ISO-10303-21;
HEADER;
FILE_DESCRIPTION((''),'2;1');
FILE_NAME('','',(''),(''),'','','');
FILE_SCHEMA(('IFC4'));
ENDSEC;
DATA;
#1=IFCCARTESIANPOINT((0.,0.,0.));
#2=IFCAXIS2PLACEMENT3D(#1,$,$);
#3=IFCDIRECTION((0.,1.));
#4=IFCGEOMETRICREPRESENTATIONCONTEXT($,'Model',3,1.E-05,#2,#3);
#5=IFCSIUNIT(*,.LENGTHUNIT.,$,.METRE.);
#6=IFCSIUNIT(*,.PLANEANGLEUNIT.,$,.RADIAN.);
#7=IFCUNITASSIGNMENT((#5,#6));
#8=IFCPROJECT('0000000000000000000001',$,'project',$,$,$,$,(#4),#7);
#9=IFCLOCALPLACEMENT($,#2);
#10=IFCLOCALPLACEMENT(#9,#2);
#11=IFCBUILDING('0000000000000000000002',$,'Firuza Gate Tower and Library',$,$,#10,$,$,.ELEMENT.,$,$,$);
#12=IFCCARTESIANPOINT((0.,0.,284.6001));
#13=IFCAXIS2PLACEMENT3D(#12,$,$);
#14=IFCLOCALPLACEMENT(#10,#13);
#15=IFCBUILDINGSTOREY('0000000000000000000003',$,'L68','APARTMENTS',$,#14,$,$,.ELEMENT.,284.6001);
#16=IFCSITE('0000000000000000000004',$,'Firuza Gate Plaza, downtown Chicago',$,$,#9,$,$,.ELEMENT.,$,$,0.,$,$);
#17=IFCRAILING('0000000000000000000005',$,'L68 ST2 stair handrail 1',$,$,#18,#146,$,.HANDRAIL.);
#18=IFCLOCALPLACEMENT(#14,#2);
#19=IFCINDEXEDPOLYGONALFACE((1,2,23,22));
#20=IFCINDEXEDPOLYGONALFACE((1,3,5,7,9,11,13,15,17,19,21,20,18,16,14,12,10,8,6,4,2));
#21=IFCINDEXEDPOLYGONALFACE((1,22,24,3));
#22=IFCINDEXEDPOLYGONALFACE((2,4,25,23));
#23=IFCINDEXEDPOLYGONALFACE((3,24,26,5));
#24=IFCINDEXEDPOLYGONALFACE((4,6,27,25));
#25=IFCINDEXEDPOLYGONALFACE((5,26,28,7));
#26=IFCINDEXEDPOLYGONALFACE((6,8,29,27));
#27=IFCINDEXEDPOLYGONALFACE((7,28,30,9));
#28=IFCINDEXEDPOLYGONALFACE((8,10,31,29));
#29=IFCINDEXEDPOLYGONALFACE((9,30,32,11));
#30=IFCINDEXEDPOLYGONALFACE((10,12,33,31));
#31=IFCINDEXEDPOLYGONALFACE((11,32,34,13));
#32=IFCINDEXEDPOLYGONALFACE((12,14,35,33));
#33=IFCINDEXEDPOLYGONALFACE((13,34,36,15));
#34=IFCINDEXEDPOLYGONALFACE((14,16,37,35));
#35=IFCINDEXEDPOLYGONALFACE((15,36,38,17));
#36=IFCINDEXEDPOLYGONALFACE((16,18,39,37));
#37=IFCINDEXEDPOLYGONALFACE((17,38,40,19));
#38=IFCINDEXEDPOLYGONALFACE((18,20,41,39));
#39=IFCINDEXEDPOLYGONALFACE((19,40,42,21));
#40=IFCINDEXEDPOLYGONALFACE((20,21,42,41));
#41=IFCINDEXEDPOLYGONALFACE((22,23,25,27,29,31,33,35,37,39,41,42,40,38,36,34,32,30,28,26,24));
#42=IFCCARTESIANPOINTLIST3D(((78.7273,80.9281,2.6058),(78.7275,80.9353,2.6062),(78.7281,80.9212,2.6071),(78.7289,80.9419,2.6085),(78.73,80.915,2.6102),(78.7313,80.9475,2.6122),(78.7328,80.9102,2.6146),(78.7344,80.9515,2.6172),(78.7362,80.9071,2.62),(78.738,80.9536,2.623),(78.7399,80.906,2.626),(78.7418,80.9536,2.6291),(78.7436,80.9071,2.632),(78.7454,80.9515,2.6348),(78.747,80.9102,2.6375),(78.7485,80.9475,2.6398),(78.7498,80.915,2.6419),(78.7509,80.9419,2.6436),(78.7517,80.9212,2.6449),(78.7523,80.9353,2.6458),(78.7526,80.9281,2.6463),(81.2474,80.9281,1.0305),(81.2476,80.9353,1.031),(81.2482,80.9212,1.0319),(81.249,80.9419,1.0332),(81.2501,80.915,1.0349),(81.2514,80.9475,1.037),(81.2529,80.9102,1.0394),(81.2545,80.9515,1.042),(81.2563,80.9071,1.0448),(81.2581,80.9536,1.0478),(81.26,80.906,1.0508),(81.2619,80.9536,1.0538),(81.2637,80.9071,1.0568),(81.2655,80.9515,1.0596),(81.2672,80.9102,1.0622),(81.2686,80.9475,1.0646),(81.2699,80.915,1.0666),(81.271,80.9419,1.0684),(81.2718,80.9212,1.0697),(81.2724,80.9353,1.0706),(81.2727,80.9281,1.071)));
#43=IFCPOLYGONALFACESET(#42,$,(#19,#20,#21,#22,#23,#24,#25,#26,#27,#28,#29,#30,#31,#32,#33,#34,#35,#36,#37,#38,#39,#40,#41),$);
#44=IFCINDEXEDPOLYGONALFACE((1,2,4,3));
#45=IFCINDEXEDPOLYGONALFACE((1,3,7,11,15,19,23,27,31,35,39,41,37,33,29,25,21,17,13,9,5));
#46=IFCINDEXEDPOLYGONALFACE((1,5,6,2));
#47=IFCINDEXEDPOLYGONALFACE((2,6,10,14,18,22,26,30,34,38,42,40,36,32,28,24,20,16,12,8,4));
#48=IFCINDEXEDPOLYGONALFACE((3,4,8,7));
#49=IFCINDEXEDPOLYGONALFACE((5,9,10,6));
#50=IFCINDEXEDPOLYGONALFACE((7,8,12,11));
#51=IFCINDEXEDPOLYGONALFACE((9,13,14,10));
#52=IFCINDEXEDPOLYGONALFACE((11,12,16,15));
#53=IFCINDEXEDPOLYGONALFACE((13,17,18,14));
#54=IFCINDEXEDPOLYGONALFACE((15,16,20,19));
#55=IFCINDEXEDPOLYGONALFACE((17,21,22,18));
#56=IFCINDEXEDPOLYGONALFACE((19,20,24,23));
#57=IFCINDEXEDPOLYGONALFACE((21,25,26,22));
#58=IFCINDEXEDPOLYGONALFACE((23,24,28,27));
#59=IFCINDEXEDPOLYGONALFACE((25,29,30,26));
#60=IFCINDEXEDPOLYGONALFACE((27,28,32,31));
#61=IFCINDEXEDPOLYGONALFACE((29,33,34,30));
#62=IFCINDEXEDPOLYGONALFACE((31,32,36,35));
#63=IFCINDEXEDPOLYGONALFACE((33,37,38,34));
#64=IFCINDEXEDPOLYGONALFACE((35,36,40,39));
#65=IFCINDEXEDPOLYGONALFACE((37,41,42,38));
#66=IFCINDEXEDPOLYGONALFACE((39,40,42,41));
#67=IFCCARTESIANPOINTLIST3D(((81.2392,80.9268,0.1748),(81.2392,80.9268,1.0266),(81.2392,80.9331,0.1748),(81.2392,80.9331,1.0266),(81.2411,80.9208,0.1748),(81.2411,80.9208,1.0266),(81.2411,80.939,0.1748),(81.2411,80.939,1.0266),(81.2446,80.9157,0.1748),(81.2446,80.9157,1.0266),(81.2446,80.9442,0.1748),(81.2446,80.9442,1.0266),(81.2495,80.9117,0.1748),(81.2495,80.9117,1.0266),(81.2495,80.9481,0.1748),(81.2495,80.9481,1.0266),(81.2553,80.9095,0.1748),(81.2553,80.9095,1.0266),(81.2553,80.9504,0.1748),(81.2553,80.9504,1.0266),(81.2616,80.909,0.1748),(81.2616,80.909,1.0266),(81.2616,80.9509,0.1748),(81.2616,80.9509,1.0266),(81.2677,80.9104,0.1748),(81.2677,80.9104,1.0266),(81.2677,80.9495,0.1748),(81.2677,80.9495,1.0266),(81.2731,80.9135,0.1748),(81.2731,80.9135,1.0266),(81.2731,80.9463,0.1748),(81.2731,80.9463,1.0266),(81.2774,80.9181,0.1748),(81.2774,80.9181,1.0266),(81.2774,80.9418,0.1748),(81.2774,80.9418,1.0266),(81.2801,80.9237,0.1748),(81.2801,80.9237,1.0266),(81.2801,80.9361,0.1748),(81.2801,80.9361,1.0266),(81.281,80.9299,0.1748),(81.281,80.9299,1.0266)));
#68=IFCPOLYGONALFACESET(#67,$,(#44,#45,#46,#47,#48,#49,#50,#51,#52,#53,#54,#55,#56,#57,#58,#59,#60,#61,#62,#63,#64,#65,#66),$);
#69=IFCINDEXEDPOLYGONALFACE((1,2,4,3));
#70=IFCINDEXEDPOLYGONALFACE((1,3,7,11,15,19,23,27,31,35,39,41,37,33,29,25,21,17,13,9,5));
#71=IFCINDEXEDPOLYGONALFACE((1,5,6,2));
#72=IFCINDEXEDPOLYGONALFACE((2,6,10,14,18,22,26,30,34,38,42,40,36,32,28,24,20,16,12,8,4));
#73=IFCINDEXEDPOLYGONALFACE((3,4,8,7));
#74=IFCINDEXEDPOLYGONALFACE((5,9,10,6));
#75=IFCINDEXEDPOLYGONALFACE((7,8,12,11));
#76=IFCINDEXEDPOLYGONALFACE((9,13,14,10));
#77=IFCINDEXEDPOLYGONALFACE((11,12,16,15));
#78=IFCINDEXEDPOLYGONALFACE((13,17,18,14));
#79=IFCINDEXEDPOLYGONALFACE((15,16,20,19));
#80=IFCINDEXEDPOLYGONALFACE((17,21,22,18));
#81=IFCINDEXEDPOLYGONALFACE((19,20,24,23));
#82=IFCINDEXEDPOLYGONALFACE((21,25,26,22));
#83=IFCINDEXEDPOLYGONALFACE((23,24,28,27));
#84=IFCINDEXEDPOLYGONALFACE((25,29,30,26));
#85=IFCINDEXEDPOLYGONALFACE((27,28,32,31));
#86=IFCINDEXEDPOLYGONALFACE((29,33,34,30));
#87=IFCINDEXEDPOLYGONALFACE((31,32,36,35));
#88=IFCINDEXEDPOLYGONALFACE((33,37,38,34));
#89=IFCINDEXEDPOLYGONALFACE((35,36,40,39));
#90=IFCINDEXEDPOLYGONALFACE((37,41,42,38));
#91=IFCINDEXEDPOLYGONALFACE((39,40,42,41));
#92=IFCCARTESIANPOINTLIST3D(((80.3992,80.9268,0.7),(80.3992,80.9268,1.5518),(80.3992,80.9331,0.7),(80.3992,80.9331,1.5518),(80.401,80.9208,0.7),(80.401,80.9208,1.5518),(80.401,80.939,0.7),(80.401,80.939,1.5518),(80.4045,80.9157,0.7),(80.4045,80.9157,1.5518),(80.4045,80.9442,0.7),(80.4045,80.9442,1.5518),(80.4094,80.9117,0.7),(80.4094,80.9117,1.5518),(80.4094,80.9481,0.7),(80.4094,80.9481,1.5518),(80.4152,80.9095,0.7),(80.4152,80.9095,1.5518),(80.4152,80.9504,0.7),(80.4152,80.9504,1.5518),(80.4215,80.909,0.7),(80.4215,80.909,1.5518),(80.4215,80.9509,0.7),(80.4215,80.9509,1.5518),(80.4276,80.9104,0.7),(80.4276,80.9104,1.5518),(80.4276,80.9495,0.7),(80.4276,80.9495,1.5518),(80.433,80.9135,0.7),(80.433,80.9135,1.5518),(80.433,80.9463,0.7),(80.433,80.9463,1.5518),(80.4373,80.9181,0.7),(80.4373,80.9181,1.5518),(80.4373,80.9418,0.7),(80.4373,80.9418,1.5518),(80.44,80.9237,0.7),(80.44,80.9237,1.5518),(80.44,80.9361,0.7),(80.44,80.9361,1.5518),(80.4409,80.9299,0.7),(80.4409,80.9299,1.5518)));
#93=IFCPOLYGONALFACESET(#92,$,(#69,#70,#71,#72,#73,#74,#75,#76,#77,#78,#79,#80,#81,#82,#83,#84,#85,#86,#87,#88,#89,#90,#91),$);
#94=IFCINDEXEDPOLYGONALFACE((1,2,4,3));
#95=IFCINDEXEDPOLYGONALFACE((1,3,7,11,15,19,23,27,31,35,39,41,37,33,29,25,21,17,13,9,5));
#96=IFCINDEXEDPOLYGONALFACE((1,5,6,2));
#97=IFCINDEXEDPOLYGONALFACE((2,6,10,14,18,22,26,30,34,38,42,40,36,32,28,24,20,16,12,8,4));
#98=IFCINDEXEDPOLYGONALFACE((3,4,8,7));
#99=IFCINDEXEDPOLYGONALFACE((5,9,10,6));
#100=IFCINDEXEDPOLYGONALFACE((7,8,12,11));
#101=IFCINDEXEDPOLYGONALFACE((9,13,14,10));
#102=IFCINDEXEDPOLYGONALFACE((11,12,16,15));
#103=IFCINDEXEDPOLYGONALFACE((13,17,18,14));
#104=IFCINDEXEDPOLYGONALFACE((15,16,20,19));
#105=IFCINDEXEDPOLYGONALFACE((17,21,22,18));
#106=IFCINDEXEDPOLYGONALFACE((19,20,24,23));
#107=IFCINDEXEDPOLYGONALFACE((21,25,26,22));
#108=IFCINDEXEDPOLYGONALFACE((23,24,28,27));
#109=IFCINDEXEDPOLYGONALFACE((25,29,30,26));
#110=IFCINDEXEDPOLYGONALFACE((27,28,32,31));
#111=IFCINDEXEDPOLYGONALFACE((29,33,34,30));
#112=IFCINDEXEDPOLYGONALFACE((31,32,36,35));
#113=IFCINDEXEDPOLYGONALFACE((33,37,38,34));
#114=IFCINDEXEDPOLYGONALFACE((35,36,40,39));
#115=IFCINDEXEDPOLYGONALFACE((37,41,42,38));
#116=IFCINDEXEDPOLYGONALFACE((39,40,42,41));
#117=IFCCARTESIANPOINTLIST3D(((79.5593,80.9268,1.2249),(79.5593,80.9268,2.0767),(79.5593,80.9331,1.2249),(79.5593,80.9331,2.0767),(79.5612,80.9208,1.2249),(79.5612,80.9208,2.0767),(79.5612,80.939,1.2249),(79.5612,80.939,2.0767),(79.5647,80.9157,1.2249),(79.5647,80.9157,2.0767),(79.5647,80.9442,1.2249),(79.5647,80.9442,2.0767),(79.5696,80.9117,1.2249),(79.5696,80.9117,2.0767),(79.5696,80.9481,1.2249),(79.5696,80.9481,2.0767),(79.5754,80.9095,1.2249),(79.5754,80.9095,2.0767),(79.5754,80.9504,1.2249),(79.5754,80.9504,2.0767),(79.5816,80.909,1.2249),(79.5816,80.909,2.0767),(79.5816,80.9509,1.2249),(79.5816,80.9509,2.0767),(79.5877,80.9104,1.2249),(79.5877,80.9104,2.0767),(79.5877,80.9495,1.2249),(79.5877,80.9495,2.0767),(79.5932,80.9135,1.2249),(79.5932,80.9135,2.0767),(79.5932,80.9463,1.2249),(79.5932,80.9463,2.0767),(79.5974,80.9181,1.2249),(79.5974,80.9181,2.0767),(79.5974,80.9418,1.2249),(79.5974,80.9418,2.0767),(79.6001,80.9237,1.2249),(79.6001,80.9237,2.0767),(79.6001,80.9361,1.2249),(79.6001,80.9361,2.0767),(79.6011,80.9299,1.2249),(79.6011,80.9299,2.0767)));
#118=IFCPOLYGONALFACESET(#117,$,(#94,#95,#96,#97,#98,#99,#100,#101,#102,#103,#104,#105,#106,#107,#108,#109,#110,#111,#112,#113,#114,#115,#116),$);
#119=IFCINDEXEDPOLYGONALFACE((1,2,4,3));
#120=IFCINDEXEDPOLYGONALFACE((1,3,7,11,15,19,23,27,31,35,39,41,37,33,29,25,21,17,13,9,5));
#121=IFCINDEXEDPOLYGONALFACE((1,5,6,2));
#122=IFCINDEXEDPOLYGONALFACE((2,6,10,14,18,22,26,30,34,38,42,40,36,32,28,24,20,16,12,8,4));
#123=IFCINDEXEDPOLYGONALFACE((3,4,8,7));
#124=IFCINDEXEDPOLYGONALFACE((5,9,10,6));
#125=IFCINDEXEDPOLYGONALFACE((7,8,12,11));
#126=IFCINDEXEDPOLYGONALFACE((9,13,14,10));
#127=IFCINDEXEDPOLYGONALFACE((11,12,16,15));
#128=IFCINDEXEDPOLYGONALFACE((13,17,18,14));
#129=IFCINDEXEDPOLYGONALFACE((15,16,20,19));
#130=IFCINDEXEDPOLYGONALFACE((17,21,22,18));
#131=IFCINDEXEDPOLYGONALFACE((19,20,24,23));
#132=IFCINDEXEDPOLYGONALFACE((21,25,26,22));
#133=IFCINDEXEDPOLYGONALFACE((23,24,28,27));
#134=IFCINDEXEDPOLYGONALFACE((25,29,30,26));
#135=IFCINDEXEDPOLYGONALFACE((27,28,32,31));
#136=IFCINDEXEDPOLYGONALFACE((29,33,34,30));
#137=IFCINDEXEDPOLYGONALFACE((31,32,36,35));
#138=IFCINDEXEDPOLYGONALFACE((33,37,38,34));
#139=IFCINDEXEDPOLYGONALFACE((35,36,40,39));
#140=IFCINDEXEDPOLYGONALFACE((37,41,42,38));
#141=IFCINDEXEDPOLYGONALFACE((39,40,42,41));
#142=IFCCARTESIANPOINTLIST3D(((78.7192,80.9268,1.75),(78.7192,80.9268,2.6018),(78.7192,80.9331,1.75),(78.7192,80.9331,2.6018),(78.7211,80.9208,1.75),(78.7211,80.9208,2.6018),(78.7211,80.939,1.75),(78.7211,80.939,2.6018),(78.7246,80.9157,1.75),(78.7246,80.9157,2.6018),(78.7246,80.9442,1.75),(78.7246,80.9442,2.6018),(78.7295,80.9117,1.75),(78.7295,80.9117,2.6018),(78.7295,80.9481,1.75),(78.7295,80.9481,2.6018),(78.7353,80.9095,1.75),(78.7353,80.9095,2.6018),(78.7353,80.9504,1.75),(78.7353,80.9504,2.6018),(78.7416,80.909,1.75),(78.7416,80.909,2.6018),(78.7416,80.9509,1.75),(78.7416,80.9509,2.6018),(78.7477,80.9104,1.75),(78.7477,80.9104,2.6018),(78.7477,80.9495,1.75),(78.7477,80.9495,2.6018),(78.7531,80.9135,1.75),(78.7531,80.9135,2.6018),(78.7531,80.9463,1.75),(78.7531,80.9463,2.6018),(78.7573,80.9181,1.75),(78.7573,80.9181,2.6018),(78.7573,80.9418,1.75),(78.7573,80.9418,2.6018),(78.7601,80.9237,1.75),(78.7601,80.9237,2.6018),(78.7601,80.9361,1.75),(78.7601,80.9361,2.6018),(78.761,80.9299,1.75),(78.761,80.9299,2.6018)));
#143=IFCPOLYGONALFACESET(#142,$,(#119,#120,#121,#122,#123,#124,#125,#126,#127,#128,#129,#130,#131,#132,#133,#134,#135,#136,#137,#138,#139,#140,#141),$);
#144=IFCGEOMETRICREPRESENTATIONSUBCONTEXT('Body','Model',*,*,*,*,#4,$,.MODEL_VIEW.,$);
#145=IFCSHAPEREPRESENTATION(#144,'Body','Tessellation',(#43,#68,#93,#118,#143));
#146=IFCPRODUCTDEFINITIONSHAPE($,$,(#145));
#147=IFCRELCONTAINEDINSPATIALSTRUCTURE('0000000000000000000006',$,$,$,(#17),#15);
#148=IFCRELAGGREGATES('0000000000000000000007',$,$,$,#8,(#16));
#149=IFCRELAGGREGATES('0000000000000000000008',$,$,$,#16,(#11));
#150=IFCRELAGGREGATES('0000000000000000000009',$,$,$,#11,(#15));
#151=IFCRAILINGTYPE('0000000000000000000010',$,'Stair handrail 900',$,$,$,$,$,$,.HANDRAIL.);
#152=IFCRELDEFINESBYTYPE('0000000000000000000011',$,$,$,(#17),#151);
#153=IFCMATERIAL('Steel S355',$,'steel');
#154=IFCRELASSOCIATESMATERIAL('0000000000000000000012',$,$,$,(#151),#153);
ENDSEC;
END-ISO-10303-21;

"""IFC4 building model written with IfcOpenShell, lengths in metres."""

from ifc_helpers import new_model, si_unit, direction, frame, origin, origin_2d, place, context, subcontext, project, spatial, circle, extrude, material, type_object, element, save


model = new_model("IFC4")

# Units and contexts
model_context = context("Model", 3, precision=1e-05, world=origin(), true_north=direction((0.0, 1.0)))
body_context = subcontext(model_context, "Body", "Model", "MODEL_VIEW")
ifc_project = project(units=[si_unit("LENGTHUNIT", "METRE"), si_unit("PLANEANGLEUNIT", "RADIAN")], contexts=[model_context])

# Site, building, storey
site_placement = place(None, origin())
site = spatial("IfcSite", under=ifc_project, at=site_placement, Name="Firuza Gate Plaza, downtown Chicago", CompositionType="ELEMENT", RefElevation=0.0)
building_placement = place(site_placement, origin())
building = spatial("IfcBuilding", under=site, at=building_placement, Name="Firuza Gate Tower and Library", CompositionType="ELEMENT")
storey_placement = place(building_placement, frame((0.0, 0.0, 284.6001)))
storey = spatial("IfcBuildingStorey", under=building, at=storey_placement, Name="L68", Description="APARTMENTS", CompositionType="ELEMENT", Elevation=284.6001)

# Railing
ifc_material_1 = material(Name="Steel S355", Category="steel")
railing_type_1 = type_object("IfcRailingType", Name="Stair handrail 900", PredefinedType="HANDRAIL", material=ifc_material_1)
railing_1_placement = place(storey_placement, frame((81.26, 80.9299, 0.1748)))
element("IfcRailing", 1, at=railing_1_placement, inside=storey, type_object=railing_type_1, Name="L68 ST2 stair handrail 1", PredefinedType="HANDRAIL", context=body_context, shape_type="SweptSolid", body=[
    extrude(circle(Radius=0.0239, at=origin_2d()), frame((0.0, 0.0, 0.876), z_axis=(-0.847971, 0.0, 0.530043), x_axis=(0.0, -1.0, 0.0)), (0.0, 0.0, 1.0), 2.9719),
    extrude(circle(Radius=0.021, at=origin_2d()), origin(), (0.0, 0.0, 1.0), 0.8518),
    extrude(circle(Radius=0.021, at=origin_2d()), frame((-0.8401, 0.0, 0.5251)), (0.0, 0.0, 1.0), 0.8518),
    extrude(circle(Radius=0.021, at=origin_2d()), frame((-1.6799, 0.0, 1.05)), (0.0, 0.0, 1.0), 0.8518),
    extrude(circle(Radius=0.021, at=origin_2d()), frame((-2.52, 0.0, 1.5752)), (0.0, 0.0, 1.0), 0.8518),
])

save(model, "model.ifc")
